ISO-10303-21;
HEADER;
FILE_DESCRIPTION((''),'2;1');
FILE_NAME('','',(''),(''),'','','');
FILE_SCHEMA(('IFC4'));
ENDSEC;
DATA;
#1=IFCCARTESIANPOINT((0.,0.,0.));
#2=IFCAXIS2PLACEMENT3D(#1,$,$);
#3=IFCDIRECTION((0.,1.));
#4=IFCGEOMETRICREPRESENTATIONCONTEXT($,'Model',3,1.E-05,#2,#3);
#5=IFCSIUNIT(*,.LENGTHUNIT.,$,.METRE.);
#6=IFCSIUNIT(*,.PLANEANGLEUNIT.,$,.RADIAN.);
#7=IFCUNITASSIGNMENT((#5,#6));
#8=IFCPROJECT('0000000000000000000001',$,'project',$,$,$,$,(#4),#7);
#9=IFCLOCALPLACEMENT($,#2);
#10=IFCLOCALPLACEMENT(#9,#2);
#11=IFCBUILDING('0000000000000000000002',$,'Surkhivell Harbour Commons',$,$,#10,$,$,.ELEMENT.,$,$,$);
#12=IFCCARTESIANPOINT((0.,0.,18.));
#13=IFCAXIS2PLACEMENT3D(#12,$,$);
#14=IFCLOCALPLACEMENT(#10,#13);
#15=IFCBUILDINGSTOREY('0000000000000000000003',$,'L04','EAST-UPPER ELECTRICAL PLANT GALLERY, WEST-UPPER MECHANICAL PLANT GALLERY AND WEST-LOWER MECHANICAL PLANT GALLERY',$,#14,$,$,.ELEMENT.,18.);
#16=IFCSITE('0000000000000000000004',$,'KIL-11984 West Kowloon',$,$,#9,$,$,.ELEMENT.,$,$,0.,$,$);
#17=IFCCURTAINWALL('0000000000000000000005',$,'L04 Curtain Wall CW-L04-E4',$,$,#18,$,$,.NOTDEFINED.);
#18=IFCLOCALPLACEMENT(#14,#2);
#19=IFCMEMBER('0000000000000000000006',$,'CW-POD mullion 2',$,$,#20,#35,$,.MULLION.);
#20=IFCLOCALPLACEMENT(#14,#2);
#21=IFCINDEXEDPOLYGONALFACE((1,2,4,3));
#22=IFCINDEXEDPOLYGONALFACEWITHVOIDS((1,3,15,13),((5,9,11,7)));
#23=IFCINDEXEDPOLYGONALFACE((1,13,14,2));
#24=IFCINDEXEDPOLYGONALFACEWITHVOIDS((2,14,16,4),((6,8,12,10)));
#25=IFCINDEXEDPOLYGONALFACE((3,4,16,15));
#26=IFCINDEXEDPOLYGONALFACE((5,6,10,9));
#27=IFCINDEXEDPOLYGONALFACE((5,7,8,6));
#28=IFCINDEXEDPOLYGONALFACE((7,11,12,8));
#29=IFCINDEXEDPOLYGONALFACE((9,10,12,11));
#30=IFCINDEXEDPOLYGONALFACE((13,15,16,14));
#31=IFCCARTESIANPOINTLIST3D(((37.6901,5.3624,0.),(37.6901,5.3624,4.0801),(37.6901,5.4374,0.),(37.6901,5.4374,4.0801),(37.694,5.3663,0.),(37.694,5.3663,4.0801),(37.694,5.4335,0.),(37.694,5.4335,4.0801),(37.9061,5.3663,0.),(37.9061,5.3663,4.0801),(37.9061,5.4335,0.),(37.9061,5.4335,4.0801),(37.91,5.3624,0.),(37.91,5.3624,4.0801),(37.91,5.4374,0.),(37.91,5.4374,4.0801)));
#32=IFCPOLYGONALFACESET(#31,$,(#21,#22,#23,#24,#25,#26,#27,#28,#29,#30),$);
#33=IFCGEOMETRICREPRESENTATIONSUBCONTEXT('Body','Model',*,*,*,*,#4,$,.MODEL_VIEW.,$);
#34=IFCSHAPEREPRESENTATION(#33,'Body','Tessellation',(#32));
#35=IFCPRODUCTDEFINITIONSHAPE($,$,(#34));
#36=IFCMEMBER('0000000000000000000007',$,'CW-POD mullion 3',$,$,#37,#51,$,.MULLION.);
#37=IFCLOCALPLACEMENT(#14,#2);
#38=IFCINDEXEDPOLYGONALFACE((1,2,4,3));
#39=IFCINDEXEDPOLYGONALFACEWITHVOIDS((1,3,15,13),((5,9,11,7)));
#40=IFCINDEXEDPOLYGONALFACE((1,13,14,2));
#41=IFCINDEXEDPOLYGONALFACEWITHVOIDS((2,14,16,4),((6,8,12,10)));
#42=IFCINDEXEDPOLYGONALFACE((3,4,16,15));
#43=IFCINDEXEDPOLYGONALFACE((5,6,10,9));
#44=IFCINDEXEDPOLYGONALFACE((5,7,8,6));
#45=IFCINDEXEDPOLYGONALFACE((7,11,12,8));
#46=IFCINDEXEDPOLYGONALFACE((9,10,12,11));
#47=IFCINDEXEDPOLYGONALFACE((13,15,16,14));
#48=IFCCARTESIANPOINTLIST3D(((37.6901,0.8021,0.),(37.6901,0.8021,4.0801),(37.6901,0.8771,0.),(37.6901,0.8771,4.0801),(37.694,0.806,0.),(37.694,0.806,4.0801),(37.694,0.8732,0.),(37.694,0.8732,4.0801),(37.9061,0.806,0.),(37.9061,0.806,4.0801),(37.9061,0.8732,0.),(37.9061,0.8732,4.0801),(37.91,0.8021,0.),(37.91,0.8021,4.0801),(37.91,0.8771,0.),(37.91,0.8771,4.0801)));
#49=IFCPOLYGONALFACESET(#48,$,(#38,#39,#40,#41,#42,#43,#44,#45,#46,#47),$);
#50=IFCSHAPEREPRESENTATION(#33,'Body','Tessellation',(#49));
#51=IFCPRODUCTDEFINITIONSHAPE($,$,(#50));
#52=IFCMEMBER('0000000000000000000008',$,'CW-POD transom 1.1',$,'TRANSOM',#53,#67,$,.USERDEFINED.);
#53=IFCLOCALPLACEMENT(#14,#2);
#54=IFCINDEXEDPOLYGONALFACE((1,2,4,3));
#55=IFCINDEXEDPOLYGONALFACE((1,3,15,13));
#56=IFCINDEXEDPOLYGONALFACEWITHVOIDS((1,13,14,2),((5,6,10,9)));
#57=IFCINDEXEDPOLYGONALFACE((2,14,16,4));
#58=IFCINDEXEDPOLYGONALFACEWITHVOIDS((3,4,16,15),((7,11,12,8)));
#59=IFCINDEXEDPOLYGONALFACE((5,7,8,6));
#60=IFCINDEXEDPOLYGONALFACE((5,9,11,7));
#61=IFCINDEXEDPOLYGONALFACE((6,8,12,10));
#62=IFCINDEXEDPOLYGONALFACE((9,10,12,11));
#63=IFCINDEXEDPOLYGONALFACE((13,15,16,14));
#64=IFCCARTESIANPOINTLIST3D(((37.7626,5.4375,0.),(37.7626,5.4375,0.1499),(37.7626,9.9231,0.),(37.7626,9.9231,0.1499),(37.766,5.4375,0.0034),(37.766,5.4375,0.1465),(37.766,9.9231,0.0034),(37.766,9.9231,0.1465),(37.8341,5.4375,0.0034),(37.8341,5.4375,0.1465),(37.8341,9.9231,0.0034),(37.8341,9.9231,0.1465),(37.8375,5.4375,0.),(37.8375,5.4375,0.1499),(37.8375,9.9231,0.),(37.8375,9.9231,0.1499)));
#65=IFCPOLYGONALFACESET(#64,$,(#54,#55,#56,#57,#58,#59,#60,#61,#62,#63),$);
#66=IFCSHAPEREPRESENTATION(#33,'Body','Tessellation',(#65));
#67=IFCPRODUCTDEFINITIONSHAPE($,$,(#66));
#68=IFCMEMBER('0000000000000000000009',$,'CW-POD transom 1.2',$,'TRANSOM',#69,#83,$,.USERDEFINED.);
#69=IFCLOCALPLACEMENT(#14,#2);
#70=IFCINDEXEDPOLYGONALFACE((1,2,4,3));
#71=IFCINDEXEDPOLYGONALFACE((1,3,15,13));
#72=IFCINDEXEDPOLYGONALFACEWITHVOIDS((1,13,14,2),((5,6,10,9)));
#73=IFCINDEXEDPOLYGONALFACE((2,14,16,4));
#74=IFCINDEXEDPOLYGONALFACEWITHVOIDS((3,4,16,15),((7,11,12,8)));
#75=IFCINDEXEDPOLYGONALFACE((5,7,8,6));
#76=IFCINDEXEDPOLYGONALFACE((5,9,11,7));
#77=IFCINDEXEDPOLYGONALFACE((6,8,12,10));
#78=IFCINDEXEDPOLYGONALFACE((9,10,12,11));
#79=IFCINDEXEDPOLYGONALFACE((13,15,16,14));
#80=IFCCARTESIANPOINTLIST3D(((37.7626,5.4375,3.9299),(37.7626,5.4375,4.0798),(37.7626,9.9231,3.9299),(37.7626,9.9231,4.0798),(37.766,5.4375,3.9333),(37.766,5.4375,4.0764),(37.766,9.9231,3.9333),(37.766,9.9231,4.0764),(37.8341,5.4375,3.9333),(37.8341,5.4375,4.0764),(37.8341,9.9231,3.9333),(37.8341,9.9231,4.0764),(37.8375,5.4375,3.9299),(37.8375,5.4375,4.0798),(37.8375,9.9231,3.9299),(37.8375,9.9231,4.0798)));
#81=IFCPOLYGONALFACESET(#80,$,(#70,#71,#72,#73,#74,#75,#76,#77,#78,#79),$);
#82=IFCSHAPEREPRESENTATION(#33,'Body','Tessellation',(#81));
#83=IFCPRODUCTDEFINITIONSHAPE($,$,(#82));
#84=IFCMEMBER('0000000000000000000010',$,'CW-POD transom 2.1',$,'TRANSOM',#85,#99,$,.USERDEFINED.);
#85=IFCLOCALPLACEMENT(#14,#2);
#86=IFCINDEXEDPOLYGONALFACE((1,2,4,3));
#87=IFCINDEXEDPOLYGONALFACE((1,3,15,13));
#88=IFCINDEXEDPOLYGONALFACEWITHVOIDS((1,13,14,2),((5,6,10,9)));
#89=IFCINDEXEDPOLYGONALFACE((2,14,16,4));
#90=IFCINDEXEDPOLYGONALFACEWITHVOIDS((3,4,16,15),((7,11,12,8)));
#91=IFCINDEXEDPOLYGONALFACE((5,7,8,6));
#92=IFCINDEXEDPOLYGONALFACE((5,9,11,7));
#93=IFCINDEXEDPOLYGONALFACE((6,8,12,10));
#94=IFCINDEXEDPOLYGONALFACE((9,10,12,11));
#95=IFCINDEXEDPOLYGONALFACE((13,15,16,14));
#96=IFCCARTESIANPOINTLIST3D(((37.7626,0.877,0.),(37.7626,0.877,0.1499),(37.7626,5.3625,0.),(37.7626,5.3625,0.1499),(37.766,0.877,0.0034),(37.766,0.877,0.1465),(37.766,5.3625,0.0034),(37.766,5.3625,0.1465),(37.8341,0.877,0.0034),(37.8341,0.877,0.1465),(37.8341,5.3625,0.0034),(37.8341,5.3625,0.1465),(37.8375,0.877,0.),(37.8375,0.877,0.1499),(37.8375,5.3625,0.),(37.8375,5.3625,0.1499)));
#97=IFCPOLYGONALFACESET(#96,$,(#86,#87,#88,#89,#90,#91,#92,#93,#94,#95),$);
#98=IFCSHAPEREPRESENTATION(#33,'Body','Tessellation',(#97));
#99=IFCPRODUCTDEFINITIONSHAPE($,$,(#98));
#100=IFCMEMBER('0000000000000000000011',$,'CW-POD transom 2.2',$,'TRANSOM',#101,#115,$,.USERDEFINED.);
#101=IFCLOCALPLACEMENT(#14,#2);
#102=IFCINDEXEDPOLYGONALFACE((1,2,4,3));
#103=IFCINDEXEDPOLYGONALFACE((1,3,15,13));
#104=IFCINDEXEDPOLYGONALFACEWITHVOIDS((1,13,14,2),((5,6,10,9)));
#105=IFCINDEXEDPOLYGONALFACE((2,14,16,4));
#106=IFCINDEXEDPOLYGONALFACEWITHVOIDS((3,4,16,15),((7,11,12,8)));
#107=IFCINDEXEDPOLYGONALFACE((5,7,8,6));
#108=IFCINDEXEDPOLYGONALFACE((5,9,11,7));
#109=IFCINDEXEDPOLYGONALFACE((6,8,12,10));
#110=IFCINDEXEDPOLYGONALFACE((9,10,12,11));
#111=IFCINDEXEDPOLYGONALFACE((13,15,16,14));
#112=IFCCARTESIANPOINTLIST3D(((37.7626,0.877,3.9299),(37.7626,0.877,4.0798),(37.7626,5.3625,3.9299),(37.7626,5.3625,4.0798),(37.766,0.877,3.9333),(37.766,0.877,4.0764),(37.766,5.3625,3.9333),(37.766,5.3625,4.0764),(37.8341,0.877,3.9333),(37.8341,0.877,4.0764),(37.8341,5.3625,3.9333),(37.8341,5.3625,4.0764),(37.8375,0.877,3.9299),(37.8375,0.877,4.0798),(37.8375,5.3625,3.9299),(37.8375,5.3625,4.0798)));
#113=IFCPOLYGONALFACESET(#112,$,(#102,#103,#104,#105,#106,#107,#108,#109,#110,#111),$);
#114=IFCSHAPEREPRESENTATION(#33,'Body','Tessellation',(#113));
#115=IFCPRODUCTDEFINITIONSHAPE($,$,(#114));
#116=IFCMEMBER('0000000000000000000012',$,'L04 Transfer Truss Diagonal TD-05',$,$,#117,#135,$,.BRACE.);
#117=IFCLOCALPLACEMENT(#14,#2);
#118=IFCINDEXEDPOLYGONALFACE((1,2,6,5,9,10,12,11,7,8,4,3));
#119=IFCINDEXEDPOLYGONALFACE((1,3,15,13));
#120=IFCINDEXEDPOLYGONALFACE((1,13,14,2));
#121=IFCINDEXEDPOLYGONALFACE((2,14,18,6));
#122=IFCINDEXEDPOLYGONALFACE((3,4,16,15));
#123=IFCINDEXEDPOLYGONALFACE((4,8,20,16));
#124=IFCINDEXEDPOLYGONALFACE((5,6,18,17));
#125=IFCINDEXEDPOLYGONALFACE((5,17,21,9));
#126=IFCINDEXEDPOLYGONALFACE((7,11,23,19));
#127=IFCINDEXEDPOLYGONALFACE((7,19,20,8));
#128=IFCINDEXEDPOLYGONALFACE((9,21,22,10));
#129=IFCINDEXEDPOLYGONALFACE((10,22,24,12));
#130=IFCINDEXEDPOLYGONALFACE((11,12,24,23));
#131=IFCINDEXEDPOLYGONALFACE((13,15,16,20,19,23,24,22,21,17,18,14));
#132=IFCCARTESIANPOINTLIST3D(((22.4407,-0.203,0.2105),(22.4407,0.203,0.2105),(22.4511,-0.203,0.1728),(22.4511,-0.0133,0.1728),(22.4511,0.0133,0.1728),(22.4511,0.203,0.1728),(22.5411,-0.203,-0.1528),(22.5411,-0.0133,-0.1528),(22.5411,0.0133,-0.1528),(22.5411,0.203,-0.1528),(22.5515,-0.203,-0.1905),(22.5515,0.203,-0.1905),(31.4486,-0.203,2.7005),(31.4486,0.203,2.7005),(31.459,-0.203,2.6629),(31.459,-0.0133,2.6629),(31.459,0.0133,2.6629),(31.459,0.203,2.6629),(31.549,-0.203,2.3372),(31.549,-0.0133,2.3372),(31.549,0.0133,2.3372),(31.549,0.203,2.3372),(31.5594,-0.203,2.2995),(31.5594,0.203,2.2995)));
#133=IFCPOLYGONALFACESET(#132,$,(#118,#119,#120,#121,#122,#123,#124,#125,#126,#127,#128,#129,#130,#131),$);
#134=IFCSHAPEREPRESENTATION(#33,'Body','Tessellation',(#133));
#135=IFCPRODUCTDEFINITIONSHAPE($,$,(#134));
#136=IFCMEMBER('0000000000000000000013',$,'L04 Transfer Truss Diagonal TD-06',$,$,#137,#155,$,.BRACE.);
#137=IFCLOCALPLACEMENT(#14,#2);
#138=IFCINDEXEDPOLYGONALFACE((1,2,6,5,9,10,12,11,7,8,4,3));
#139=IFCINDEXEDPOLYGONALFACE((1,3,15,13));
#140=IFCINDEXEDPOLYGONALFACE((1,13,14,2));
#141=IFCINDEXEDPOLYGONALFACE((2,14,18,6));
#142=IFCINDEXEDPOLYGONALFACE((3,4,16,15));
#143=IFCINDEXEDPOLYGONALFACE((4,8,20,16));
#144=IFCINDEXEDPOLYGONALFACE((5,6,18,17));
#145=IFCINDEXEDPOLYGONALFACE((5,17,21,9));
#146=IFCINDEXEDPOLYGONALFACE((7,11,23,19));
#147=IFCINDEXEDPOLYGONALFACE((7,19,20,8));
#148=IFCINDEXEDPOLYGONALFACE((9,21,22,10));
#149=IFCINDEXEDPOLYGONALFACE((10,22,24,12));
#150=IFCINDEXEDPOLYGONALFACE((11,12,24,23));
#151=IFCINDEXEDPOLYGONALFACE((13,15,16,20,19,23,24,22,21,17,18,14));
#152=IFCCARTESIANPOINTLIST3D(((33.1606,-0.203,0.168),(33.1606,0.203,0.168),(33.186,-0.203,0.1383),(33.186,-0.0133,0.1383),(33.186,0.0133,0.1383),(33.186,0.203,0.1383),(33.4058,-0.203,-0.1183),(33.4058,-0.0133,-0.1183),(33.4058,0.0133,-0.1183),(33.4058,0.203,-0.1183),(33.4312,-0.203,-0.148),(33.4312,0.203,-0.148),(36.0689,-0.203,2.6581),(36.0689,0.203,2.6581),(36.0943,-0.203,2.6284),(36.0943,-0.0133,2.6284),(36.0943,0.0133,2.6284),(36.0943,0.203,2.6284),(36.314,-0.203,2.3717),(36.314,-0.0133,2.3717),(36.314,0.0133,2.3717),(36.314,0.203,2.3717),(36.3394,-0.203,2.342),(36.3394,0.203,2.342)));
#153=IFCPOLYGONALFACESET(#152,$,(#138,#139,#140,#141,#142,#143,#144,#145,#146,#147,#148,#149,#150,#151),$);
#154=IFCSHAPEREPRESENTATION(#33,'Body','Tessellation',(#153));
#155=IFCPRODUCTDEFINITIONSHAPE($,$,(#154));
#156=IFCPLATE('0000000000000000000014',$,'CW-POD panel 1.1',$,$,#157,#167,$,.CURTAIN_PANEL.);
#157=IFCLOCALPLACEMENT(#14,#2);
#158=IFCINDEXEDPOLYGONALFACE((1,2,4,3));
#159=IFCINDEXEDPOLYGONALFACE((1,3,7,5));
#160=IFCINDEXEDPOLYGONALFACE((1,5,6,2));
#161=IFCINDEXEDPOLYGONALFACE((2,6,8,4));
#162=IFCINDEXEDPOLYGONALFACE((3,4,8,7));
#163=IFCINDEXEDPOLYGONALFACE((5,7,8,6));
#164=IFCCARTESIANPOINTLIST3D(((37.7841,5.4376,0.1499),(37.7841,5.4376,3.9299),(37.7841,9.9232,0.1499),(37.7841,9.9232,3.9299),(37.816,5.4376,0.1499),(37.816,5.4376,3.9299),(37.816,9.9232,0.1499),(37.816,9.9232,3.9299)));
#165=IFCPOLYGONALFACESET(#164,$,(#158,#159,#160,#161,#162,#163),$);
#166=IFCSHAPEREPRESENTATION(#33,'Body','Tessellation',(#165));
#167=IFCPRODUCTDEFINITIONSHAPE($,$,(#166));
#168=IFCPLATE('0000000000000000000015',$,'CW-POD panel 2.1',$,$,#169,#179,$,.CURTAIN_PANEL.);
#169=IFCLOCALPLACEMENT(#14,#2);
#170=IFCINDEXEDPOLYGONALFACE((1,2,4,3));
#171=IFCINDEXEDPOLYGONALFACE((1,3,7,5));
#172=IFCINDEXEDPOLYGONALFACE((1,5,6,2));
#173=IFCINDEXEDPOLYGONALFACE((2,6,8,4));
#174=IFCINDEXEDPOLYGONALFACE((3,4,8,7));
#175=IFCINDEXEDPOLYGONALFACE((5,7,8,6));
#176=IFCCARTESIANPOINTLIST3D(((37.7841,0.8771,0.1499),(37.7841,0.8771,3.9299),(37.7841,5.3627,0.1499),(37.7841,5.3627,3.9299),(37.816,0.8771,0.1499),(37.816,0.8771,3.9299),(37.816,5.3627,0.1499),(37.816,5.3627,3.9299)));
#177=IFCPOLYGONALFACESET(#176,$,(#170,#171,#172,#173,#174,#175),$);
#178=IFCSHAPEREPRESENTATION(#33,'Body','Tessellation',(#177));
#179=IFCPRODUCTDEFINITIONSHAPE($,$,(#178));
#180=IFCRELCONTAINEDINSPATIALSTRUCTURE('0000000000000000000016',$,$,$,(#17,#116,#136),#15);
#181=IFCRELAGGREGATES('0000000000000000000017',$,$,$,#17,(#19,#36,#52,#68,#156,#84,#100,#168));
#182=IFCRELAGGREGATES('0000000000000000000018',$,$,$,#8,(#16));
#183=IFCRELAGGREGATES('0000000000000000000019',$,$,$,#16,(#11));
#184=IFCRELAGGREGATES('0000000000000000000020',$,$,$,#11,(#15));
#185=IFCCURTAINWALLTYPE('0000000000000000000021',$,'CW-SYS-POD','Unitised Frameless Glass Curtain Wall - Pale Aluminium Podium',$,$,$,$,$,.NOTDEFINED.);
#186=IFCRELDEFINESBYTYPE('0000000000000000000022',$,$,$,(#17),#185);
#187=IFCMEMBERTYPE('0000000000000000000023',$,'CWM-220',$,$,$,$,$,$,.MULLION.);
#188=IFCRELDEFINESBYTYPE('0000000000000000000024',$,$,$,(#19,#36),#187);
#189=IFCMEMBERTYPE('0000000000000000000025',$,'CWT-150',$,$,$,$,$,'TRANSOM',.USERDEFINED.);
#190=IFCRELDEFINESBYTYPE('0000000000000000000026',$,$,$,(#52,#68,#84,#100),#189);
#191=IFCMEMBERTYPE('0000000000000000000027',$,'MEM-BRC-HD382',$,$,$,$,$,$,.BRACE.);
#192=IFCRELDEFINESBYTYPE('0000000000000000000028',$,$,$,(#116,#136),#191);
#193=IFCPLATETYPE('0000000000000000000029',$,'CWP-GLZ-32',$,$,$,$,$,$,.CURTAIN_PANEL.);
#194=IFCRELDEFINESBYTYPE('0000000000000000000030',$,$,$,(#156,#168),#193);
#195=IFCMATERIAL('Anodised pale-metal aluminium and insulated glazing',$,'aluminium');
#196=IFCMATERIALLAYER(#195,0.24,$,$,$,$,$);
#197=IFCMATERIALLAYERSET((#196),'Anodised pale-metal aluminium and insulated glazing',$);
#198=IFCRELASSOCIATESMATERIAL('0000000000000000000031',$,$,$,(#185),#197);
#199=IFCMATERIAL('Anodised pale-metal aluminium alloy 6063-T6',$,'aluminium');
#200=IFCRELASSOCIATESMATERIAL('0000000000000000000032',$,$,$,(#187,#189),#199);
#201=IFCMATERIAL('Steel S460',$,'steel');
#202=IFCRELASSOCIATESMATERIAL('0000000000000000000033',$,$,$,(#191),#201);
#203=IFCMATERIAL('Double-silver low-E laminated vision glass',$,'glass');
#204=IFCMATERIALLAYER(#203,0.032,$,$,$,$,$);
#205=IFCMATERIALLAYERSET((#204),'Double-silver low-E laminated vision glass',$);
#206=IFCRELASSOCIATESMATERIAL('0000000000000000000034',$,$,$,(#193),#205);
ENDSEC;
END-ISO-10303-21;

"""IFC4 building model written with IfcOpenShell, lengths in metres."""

from ifc_helpers import new_model, si_unit, direction, frame, frame_2d, origin, origin_2d, place, context, subcontext, project, spatial, rectangle, hollow_rectangle, i_section, extrude, material, layer, layer_set, material_profile, profile_set, type_object, element, aggregate, save


model = new_model("IFC4")

# Units and contexts
model_context = context("Model", 3, precision=1e-05, world=origin(), true_north=direction((0.0, 1.0)))
body_context = subcontext(model_context, "Body", "Model", "MODEL_VIEW")
ifc_project = project(units=[si_unit("LENGTHUNIT", "METRE"), si_unit("PLANEANGLEUNIT", "RADIAN")], contexts=[model_context])

# Site, building, storey
site_placement = place(None, origin())
site = spatial("IfcSite", under=ifc_project, at=site_placement, Name="KIL-11984 West Kowloon", CompositionType="ELEMENT", RefElevation=0.0)
building_placement = place(site_placement, origin())
building = spatial("IfcBuilding", under=site, at=building_placement, Name="Surkhivell Harbour Commons", CompositionType="ELEMENT")
storey_placement = place(building_placement, frame((0.0, 0.0, 18.0)))
storey = spatial("IfcBuildingStorey", under=building, at=storey_placement, Name="L04", Description="EAST-UPPER ELECTRICAL PLANT GALLERY, WEST-UPPER MECHANICAL PLANT GALLERY AND WEST-LOWER MECHANICAL PLANT GALLERY", CompositionType="ELEMENT", Elevation=18.0)

# Shared definitions
ifc_material_1 = material(Name="Steel S460", Category="steel")

# Curtain wall, members
ifc_material_2 = material(Name="Anodised pale-metal aluminium and insulated glazing", Category="aluminium")
ifc_layer_1 = layer(ifc_material_2, 0.24)
ifc_layer_set_1 = layer_set([ifc_layer_1], Name="Anodised pale-metal aluminium and insulated glazing")
curtain_wall_type = type_object("IfcCurtainWallType", Name="CW-SYS-POD", Description="Unitised Frameless Glass Curtain Wall - Pale Aluminium Podium", PredefinedType="NOTDEFINED", material=ifc_layer_set_1)
curtain_wall_placement = place(storey_placement, origin())
curtain_wall = element("IfcCurtainWall", 1, at=curtain_wall_placement, inside=storey, type_object=curtain_wall_type, Name="L04 Curtain Wall CW-L04-E4", PredefinedType="NOTDEFINED")
ifc_material_3 = material(Name="Anodised pale-metal aluminium alloy 6063-T6", Category="aluminium")
ifc_material_profile_1 = material_profile(ifc_material_3, hollow_rectangle(XDim=0.075, YDim=0.22, WallThickness=0.0039, at=origin_2d()), Name="ALU-MULL-75x220")
ifc_profile_set_1 = profile_set([ifc_material_profile_1], Name="Anodised pale-metal aluminium alloy 6063-T6")
member_type_1 = type_object("IfcMemberType", Name="CWM-220", PredefinedType="MULLION", material=ifc_profile_set_1)
member_1_placement = place(storey_placement, frame((37.8, 5.3999, 0.0), z_axis=(0.0, 0.0, 1.0), x_axis=(0.0, -1.0, 0.0)))
member_1 = element("IfcMember", 2, at=member_1_placement, type_object=member_type_1, Name="CW-POD mullion 2", PredefinedType="MULLION", context=body_context, shape_type="SweptSolid", body=[
    extrude(hollow_rectangle(XDim=0.075, YDim=0.22, WallThickness=0.0039, at=origin_2d()), origin(), (0.0, 0.0, 1.0), 4.0801),
])
member_2_placement = place(storey_placement, frame((37.8, 0.8396, 0.0), z_axis=(0.0, 0.0, 1.0), x_axis=(0.0, -1.0, 0.0)))
member_2 = element("IfcMember", 3, at=member_2_placement, type_object=member_type_1, Name="CW-POD mullion 3", PredefinedType="MULLION", context=body_context, shape_type="SweptSolid", body=[
    extrude(hollow_rectangle(XDim=0.075, YDim=0.22, WallThickness=0.0039, at=origin_2d()), origin(), (0.0, 0.0, 1.0), 4.0801),
])
ifc_material_profile_2 = material_profile(ifc_material_3, hollow_rectangle(XDim=0.075, YDim=0.1499, WallThickness=0.0034, at=origin_2d()), Name="ALU-TRAN-75x150")
ifc_profile_set_2 = profile_set([ifc_material_profile_2], Name="Anodised pale-metal aluminium alloy 6063-T6")
member_type_2 = type_object("IfcMemberType", Name="CWT-150", ElementType="TRANSOM", PredefinedType="USERDEFINED", material=ifc_profile_set_2)
member_3_placement = place(storey_placement, frame((37.8, 9.9231, 0.075), z_axis=(0.0, -1.0, 0.0), x_axis=(1.0, 0.0, 0.0)))
member_3 = element("IfcMember", 4, at=member_3_placement, type_object=member_type_2, Name="CW-POD transom 1.1", ObjectType="TRANSOM", PredefinedType="USERDEFINED", context=body_context, shape_type="SweptSolid", body=[
    extrude(hollow_rectangle(XDim=0.075, YDim=0.1499, WallThickness=0.0034, at=origin_2d()), origin(), (0.0, 0.0, 1.0), 4.4856),
])
member_4_placement = place(storey_placement, frame((37.8, 9.9231, 4.0049), z_axis=(0.0, -1.0, 0.0), x_axis=(1.0, 0.0, 0.0)))
member_4 = element("IfcMember", 5, at=member_4_placement, type_object=member_type_2, Name="CW-POD transom 1.2", ObjectType="TRANSOM", PredefinedType="USERDEFINED", context=body_context, shape_type="SweptSolid", body=[
    extrude(hollow_rectangle(XDim=0.075, YDim=0.1499, WallThickness=0.0034, at=origin_2d()), origin(), (0.0, 0.0, 1.0), 4.4856),
])
member_5_placement = place(storey_placement, frame((37.8, 5.3625, 0.075), z_axis=(0.0, -1.0, 0.0), x_axis=(1.0, 0.0, 0.0)))
member_5 = element("IfcMember", 6, at=member_5_placement, type_object=member_type_2, Name="CW-POD transom 2.1", ObjectType="TRANSOM", PredefinedType="USERDEFINED", context=body_context, shape_type="SweptSolid", body=[
    extrude(hollow_rectangle(XDim=0.075, YDim=0.1499, WallThickness=0.0034, at=origin_2d()), origin(), (0.0, 0.0, 1.0), 4.4856),
])
member_6_placement = place(storey_placement, frame((37.8, 5.3625, 4.0049), z_axis=(0.0, -1.0, 0.0), x_axis=(1.0, 0.0, 0.0)))
member_6 = element("IfcMember", 7, at=member_6_placement, type_object=member_type_2, Name="CW-POD transom 2.2", ObjectType="TRANSOM", PredefinedType="USERDEFINED", context=body_context, shape_type="SweptSolid", body=[
    extrude(hollow_rectangle(XDim=0.075, YDim=0.1499, WallThickness=0.0034, at=origin_2d()), origin(), (0.0, 0.0, 1.0), 4.4856),
])

# Members
ifc_material_profile_3 = material_profile(ifc_material_1, i_section(OverallWidth=0.406, OverallDepth=0.416, WebThickness=0.0266, FlangeThickness=0.0391, at=origin_2d()), Name="HD400x382")
ifc_profile_set_3 = profile_set([ifc_material_profile_3], Name="Steel S460")
member_type_3 = type_object("IfcMemberType", Name="MEM-BRC-HD382", PredefinedType="BRACE", material=ifc_profile_set_3)
member_7_placement = place(storey_placement, frame((22.4961, 0.0, 0.01), z_axis=(0.963853, 0.0, 0.266434), x_axis=(0.0, 1.0, 0.0)))
element("IfcMember", 8, at=member_7_placement, inside=storey, type_object=member_type_3, Name="L04 Transfer Truss Diagonal TD-05", PredefinedType="BRACE", context=body_context, shape_type="SweptSolid", body=[
    extrude(i_section(OverallWidth=0.406, OverallDepth=0.416, WebThickness=0.0266, FlangeThickness=0.0391, at=origin_2d()), origin(), (0.0, 0.0, 1.0), 9.3457),
])
member_8_placement = place(storey_placement, frame((33.2959, 0.0, 0.01), z_axis=(0.759612, 0.0, 0.650376), x_axis=(0.0, 1.0, 0.0)))
element("IfcMember", 9, at=member_8_placement, inside=storey, type_object=member_type_3, Name="L04 Transfer Truss Diagonal TD-06", PredefinedType="BRACE", context=body_context, shape_type="SweptSolid", body=[
    extrude(i_section(OverallWidth=0.406, OverallDepth=0.416, WebThickness=0.0266, FlangeThickness=0.0391, at=origin_2d()), origin(), (0.0, 0.0, 1.0), 3.8286),
])

# Plates
ifc_material_4 = material(Name="Double-silver low-E laminated vision glass", Category="glass")
ifc_layer_2 = layer(ifc_material_4, 0.032)
ifc_layer_set_2 = layer_set([ifc_layer_2], Name="Double-silver low-E laminated vision glass")
plate_type_1 = type_object("IfcPlateType", Name="CWP-GLZ-32", PredefinedType="CURTAIN_PANEL", material=ifc_layer_set_2)
plate_1_placement = place(storey_placement, frame((37.8, 9.9231, 0.1499), z_axis=(0.0, 0.0, 1.0), x_axis=(0.0, -1.0, 0.0)))
plate_1 = element("IfcPlate", 10, at=plate_1_placement, type_object=plate_type_1, Name="CW-POD panel 1.1", PredefinedType="CURTAIN_PANEL", context=body_context, shape_type="SweptSolid", body=[
    extrude(rectangle(XDim=4.4856, YDim=0.032, at=frame_2d((2.2427, 0.0))), origin(), (0.0, 0.0, 1.0), 3.78),
])
plate_2_placement = place(storey_placement, frame((37.8, 5.3625, 0.1499), z_axis=(0.0, 0.0, 1.0), x_axis=(0.0, -1.0, 0.0)))
plate_2 = element("IfcPlate", 11, at=plate_2_placement, type_object=plate_type_1, Name="CW-POD panel 2.1", PredefinedType="CURTAIN_PANEL", context=body_context, shape_type="SweptSolid", body=[
    extrude(rectangle(XDim=4.4856, YDim=0.032, at=frame_2d((2.2427, 0.0))), origin(), (0.0, 0.0, 1.0), 3.78),
])
aggregate(curtain_wall, [member_1, member_2, member_3, member_4, plate_1, member_5, member_6, plate_2])

save(model, "model.ifc")
